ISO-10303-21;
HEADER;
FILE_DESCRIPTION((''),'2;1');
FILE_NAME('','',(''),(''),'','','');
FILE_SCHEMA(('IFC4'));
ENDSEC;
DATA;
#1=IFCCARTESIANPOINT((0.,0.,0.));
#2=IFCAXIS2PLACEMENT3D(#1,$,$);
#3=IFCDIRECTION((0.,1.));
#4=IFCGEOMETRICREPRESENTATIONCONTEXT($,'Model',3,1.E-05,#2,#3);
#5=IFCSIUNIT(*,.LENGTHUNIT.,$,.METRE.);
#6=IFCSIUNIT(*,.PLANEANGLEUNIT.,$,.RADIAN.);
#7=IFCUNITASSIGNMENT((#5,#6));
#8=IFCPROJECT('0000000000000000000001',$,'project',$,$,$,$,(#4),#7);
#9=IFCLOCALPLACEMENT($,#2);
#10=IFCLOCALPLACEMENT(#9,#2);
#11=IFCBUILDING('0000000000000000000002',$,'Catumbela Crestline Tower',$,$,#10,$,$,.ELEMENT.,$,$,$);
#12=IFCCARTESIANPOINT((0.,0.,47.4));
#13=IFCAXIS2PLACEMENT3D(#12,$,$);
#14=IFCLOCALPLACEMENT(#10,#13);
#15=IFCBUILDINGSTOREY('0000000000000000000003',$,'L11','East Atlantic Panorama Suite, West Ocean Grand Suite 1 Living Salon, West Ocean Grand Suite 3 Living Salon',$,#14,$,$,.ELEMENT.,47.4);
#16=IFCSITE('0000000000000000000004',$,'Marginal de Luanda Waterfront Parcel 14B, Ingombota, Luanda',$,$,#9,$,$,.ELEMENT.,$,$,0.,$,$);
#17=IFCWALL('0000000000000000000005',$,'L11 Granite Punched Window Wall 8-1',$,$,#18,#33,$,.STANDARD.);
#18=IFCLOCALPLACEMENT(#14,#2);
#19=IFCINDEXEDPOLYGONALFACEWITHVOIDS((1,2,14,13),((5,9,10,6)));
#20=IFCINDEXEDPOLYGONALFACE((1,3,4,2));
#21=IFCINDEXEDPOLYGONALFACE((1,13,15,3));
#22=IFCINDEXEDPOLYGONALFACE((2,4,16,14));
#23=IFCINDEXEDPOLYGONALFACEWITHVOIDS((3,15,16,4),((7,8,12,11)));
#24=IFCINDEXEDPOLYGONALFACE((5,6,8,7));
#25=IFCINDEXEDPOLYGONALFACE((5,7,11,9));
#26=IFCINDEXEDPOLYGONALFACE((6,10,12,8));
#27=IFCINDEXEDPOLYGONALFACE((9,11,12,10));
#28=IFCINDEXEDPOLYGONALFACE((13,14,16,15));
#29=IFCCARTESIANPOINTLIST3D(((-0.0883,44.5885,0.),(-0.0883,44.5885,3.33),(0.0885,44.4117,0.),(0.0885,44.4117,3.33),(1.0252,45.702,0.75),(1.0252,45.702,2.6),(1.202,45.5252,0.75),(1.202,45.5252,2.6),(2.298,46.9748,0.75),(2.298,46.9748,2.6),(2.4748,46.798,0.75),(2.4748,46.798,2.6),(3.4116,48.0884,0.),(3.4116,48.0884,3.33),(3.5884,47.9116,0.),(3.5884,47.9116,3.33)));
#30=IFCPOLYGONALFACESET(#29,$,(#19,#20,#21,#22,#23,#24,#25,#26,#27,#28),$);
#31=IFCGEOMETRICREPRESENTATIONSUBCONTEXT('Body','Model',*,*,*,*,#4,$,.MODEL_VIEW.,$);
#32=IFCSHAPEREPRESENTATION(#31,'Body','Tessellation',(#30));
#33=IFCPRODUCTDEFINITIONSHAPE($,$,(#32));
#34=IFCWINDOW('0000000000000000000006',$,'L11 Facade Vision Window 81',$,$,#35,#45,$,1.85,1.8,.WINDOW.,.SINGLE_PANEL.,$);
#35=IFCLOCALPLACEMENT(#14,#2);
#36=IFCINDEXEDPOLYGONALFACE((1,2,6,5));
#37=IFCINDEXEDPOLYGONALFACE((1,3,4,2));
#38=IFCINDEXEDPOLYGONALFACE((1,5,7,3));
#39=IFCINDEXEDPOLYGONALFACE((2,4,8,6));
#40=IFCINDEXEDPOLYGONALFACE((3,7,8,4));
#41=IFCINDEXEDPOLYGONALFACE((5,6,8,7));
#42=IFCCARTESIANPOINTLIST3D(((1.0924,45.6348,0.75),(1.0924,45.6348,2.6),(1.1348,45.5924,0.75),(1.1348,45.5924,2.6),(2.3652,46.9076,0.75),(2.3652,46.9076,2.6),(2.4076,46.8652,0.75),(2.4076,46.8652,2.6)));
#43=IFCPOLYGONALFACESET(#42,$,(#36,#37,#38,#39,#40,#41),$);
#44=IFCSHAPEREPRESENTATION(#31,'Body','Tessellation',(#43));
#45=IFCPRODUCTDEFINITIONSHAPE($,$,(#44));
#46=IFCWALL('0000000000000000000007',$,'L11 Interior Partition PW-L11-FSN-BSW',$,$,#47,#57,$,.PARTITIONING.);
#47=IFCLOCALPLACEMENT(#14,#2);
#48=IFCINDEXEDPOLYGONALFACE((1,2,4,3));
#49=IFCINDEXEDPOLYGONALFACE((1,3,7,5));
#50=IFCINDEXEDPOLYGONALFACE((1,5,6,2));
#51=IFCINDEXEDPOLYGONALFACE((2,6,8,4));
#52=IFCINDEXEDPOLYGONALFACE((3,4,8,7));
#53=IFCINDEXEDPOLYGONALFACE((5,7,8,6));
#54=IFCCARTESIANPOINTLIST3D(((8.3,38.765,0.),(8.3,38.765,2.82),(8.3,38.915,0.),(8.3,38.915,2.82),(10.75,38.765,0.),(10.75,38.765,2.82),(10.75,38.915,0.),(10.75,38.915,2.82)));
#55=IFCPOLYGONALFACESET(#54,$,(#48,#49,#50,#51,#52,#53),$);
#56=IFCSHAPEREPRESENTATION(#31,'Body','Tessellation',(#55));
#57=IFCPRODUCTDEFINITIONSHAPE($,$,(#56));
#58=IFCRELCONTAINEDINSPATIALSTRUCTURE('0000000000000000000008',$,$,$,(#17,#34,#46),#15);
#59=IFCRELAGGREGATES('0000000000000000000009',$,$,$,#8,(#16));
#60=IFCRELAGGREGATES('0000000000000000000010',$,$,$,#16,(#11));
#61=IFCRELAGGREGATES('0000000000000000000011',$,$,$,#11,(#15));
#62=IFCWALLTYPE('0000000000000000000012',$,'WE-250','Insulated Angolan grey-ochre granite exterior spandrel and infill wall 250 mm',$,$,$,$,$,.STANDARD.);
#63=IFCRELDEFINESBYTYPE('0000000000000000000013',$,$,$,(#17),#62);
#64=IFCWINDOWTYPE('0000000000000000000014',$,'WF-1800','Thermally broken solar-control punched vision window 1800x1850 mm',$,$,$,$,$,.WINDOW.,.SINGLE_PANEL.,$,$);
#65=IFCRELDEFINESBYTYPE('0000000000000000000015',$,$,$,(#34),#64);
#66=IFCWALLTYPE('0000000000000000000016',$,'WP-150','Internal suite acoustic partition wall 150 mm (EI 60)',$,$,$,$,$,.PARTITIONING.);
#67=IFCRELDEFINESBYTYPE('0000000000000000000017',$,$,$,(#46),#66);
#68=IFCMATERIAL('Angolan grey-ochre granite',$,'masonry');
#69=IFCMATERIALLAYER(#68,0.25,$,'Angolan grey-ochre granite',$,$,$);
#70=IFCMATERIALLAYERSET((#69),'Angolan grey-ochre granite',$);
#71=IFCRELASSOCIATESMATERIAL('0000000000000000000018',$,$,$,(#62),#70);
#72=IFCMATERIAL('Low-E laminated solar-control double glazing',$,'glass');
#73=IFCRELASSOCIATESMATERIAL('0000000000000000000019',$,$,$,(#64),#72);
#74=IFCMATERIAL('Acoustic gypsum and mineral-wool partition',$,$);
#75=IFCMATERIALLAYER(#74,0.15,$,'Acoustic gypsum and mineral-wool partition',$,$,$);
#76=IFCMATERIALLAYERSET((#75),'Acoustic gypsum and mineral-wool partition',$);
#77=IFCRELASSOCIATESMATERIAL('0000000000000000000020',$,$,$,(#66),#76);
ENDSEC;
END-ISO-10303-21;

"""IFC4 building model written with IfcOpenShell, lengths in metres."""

from ifc_helpers import new_model, si_unit, direction, frame, frame_2d, origin, place, context, subcontext, project, spatial, rectangle, extrude, material, layer, layer_set, type_object, element, fill, save


model = new_model("IFC4")

# Units and contexts
model_context = context("Model", 3, precision=1e-05, world=origin(), true_north=direction((0.0, 1.0)))
body_context = subcontext(model_context, "Body", "Model", "MODEL_VIEW")
ifc_project = project(units=[si_unit("LENGTHUNIT", "METRE"), si_unit("PLANEANGLEUNIT", "RADIAN")], contexts=[model_context])

# Site, building, storey
site_placement = place(None, origin())
site = spatial("IfcSite", under=ifc_project, at=site_placement, Name="Marginal de Luanda Waterfront Parcel 14B, Ingombota, Luanda", CompositionType="ELEMENT", RefElevation=0.0)
building_placement = place(site_placement, origin())
building = spatial("IfcBuilding", under=site, at=building_placement, Name="Catumbela Crestline Tower", CompositionType="ELEMENT")
storey_placement = place(building_placement, frame((0.0, 0.0, 47.4)))
storey = spatial("IfcBuildingStorey", under=building, at=storey_placement, Name="L11", Description="East Atlantic Panorama Suite, West Ocean Grand Suite 1 Living Salon, West Ocean Grand Suite 3 Living Salon", CompositionType="ELEMENT", Elevation=47.4)

# Shared definitions
ifc_material_1 = material(Name="Low-E laminated solar-control double glazing", Category="glass")

# Shared definitions
ifc_material_2 = material(Name="Acoustic gypsum and mineral-wool partition")

# Wall, opening, window
ifc_material_3 = material(Name="Angolan grey-ochre granite", Category="masonry")
ifc_layer_1 = layer(ifc_material_3, 0.25, Name="Angolan grey-ochre granite")
ifc_layer_set_1 = layer_set([ifc_layer_1], Name="Angolan grey-ochre granite")
wall_type_1 = type_object("IfcWallType", Name="WE-250", Description="Insulated Angolan grey-ochre granite exterior spandrel and infill wall 250 mm", PredefinedType="STANDARD", material=ifc_layer_set_1)
wall_1_placement = place(storey_placement, frame((3.5, 48.0, 0.0), z_axis=(0.0, 0.0, 1.0), x_axis=(-0.707107, -0.707107, 0.0)))
wall_1 = element("IfcWall", 1, at=wall_1_placement, inside=storey, type_object=wall_type_1, Name="L11 Granite Punched Window Wall 8-1", PredefinedType="STANDARD", context=body_context, shape_type="SweptSolid", body=[
    extrude(rectangle(XDim=4.9497, YDim=0.25, at=frame_2d((2.4748, 0.0))), origin(), (0.0, 0.0, 1.0), 3.33),
])
opening_1_placement = place(wall_1_placement, frame((1.5749, 0.0, 0.75)))
opening_1 = element("IfcOpeningElement", 2, at=opening_1_placement, cuts=wall_1, PredefinedType="OPENING", context=body_context, shape_type="SweptSolid", body=[
    extrude(rectangle(XDim=1.8, YDim=1.85, at=frame_2d((0.9, 0.925))), frame((0.0, 0.135, 0.0), z_axis=(0.0, -1.0, 0.0), x_axis=(1.0, 0.0, 0.0)), (0.0, 0.0, 1.0), 0.27),
])
window_type = type_object("IfcWindowType", Name="WF-1800", Description="Thermally broken solar-control punched vision window 1800x1850 mm", PartitioningType="SINGLE_PANEL", PredefinedType="WINDOW", material=ifc_material_1)
window_placement = place(opening_1_placement, origin())
window = element("IfcWindow", 3, at=window_placement, inside=storey, type_object=window_type, Name="L11 Facade Vision Window 81", OverallHeight=1.85, OverallWidth=1.8, PartitioningType="SINGLE_PANEL", PredefinedType="WINDOW", context=body_context, shape_type="SweptSolid", body=[
    extrude(rectangle(XDim=1.8, YDim=1.85, at=frame_2d((0.9, 0.925))), frame((0.0, 0.03, 0.0), z_axis=(0.0, -1.0, 0.0), x_axis=(1.0, 0.0, 0.0)), (0.0, 0.0, 1.0), 0.06),
])
fill(opening_1, window)

# Wall
ifc_layer_2 = layer(ifc_material_2, 0.15, Name="Acoustic gypsum and mineral-wool partition")
ifc_layer_set_2 = layer_set([ifc_layer_2], Name="Acoustic gypsum and mineral-wool partition")
wall_type_2 = type_object("IfcWallType", Name="WP-150", Description="Internal suite acoustic partition wall 150 mm (EI 60)", PredefinedType="PARTITIONING", material=ifc_layer_set_2)
wall_2_placement = place(storey_placement, frame((8.3, 38.84, 0.0), z_axis=(0.0, 0.0, 1.0), x_axis=(1.0, 0.0, 0.0)))
element("IfcWall", 4, at=wall_2_placement, inside=storey, type_object=wall_type_2, Name="L11 Interior Partition PW-L11-FSN-BSW", PredefinedType="PARTITIONING", context=body_context, shape_type="SweptSolid", body=[
    extrude(rectangle(XDim=2.45, YDim=0.15, at=frame_2d((1.225, 0.0))), origin(), (0.0, 0.0, 1.0), 2.82),
])

save(model, "model.ifc")
